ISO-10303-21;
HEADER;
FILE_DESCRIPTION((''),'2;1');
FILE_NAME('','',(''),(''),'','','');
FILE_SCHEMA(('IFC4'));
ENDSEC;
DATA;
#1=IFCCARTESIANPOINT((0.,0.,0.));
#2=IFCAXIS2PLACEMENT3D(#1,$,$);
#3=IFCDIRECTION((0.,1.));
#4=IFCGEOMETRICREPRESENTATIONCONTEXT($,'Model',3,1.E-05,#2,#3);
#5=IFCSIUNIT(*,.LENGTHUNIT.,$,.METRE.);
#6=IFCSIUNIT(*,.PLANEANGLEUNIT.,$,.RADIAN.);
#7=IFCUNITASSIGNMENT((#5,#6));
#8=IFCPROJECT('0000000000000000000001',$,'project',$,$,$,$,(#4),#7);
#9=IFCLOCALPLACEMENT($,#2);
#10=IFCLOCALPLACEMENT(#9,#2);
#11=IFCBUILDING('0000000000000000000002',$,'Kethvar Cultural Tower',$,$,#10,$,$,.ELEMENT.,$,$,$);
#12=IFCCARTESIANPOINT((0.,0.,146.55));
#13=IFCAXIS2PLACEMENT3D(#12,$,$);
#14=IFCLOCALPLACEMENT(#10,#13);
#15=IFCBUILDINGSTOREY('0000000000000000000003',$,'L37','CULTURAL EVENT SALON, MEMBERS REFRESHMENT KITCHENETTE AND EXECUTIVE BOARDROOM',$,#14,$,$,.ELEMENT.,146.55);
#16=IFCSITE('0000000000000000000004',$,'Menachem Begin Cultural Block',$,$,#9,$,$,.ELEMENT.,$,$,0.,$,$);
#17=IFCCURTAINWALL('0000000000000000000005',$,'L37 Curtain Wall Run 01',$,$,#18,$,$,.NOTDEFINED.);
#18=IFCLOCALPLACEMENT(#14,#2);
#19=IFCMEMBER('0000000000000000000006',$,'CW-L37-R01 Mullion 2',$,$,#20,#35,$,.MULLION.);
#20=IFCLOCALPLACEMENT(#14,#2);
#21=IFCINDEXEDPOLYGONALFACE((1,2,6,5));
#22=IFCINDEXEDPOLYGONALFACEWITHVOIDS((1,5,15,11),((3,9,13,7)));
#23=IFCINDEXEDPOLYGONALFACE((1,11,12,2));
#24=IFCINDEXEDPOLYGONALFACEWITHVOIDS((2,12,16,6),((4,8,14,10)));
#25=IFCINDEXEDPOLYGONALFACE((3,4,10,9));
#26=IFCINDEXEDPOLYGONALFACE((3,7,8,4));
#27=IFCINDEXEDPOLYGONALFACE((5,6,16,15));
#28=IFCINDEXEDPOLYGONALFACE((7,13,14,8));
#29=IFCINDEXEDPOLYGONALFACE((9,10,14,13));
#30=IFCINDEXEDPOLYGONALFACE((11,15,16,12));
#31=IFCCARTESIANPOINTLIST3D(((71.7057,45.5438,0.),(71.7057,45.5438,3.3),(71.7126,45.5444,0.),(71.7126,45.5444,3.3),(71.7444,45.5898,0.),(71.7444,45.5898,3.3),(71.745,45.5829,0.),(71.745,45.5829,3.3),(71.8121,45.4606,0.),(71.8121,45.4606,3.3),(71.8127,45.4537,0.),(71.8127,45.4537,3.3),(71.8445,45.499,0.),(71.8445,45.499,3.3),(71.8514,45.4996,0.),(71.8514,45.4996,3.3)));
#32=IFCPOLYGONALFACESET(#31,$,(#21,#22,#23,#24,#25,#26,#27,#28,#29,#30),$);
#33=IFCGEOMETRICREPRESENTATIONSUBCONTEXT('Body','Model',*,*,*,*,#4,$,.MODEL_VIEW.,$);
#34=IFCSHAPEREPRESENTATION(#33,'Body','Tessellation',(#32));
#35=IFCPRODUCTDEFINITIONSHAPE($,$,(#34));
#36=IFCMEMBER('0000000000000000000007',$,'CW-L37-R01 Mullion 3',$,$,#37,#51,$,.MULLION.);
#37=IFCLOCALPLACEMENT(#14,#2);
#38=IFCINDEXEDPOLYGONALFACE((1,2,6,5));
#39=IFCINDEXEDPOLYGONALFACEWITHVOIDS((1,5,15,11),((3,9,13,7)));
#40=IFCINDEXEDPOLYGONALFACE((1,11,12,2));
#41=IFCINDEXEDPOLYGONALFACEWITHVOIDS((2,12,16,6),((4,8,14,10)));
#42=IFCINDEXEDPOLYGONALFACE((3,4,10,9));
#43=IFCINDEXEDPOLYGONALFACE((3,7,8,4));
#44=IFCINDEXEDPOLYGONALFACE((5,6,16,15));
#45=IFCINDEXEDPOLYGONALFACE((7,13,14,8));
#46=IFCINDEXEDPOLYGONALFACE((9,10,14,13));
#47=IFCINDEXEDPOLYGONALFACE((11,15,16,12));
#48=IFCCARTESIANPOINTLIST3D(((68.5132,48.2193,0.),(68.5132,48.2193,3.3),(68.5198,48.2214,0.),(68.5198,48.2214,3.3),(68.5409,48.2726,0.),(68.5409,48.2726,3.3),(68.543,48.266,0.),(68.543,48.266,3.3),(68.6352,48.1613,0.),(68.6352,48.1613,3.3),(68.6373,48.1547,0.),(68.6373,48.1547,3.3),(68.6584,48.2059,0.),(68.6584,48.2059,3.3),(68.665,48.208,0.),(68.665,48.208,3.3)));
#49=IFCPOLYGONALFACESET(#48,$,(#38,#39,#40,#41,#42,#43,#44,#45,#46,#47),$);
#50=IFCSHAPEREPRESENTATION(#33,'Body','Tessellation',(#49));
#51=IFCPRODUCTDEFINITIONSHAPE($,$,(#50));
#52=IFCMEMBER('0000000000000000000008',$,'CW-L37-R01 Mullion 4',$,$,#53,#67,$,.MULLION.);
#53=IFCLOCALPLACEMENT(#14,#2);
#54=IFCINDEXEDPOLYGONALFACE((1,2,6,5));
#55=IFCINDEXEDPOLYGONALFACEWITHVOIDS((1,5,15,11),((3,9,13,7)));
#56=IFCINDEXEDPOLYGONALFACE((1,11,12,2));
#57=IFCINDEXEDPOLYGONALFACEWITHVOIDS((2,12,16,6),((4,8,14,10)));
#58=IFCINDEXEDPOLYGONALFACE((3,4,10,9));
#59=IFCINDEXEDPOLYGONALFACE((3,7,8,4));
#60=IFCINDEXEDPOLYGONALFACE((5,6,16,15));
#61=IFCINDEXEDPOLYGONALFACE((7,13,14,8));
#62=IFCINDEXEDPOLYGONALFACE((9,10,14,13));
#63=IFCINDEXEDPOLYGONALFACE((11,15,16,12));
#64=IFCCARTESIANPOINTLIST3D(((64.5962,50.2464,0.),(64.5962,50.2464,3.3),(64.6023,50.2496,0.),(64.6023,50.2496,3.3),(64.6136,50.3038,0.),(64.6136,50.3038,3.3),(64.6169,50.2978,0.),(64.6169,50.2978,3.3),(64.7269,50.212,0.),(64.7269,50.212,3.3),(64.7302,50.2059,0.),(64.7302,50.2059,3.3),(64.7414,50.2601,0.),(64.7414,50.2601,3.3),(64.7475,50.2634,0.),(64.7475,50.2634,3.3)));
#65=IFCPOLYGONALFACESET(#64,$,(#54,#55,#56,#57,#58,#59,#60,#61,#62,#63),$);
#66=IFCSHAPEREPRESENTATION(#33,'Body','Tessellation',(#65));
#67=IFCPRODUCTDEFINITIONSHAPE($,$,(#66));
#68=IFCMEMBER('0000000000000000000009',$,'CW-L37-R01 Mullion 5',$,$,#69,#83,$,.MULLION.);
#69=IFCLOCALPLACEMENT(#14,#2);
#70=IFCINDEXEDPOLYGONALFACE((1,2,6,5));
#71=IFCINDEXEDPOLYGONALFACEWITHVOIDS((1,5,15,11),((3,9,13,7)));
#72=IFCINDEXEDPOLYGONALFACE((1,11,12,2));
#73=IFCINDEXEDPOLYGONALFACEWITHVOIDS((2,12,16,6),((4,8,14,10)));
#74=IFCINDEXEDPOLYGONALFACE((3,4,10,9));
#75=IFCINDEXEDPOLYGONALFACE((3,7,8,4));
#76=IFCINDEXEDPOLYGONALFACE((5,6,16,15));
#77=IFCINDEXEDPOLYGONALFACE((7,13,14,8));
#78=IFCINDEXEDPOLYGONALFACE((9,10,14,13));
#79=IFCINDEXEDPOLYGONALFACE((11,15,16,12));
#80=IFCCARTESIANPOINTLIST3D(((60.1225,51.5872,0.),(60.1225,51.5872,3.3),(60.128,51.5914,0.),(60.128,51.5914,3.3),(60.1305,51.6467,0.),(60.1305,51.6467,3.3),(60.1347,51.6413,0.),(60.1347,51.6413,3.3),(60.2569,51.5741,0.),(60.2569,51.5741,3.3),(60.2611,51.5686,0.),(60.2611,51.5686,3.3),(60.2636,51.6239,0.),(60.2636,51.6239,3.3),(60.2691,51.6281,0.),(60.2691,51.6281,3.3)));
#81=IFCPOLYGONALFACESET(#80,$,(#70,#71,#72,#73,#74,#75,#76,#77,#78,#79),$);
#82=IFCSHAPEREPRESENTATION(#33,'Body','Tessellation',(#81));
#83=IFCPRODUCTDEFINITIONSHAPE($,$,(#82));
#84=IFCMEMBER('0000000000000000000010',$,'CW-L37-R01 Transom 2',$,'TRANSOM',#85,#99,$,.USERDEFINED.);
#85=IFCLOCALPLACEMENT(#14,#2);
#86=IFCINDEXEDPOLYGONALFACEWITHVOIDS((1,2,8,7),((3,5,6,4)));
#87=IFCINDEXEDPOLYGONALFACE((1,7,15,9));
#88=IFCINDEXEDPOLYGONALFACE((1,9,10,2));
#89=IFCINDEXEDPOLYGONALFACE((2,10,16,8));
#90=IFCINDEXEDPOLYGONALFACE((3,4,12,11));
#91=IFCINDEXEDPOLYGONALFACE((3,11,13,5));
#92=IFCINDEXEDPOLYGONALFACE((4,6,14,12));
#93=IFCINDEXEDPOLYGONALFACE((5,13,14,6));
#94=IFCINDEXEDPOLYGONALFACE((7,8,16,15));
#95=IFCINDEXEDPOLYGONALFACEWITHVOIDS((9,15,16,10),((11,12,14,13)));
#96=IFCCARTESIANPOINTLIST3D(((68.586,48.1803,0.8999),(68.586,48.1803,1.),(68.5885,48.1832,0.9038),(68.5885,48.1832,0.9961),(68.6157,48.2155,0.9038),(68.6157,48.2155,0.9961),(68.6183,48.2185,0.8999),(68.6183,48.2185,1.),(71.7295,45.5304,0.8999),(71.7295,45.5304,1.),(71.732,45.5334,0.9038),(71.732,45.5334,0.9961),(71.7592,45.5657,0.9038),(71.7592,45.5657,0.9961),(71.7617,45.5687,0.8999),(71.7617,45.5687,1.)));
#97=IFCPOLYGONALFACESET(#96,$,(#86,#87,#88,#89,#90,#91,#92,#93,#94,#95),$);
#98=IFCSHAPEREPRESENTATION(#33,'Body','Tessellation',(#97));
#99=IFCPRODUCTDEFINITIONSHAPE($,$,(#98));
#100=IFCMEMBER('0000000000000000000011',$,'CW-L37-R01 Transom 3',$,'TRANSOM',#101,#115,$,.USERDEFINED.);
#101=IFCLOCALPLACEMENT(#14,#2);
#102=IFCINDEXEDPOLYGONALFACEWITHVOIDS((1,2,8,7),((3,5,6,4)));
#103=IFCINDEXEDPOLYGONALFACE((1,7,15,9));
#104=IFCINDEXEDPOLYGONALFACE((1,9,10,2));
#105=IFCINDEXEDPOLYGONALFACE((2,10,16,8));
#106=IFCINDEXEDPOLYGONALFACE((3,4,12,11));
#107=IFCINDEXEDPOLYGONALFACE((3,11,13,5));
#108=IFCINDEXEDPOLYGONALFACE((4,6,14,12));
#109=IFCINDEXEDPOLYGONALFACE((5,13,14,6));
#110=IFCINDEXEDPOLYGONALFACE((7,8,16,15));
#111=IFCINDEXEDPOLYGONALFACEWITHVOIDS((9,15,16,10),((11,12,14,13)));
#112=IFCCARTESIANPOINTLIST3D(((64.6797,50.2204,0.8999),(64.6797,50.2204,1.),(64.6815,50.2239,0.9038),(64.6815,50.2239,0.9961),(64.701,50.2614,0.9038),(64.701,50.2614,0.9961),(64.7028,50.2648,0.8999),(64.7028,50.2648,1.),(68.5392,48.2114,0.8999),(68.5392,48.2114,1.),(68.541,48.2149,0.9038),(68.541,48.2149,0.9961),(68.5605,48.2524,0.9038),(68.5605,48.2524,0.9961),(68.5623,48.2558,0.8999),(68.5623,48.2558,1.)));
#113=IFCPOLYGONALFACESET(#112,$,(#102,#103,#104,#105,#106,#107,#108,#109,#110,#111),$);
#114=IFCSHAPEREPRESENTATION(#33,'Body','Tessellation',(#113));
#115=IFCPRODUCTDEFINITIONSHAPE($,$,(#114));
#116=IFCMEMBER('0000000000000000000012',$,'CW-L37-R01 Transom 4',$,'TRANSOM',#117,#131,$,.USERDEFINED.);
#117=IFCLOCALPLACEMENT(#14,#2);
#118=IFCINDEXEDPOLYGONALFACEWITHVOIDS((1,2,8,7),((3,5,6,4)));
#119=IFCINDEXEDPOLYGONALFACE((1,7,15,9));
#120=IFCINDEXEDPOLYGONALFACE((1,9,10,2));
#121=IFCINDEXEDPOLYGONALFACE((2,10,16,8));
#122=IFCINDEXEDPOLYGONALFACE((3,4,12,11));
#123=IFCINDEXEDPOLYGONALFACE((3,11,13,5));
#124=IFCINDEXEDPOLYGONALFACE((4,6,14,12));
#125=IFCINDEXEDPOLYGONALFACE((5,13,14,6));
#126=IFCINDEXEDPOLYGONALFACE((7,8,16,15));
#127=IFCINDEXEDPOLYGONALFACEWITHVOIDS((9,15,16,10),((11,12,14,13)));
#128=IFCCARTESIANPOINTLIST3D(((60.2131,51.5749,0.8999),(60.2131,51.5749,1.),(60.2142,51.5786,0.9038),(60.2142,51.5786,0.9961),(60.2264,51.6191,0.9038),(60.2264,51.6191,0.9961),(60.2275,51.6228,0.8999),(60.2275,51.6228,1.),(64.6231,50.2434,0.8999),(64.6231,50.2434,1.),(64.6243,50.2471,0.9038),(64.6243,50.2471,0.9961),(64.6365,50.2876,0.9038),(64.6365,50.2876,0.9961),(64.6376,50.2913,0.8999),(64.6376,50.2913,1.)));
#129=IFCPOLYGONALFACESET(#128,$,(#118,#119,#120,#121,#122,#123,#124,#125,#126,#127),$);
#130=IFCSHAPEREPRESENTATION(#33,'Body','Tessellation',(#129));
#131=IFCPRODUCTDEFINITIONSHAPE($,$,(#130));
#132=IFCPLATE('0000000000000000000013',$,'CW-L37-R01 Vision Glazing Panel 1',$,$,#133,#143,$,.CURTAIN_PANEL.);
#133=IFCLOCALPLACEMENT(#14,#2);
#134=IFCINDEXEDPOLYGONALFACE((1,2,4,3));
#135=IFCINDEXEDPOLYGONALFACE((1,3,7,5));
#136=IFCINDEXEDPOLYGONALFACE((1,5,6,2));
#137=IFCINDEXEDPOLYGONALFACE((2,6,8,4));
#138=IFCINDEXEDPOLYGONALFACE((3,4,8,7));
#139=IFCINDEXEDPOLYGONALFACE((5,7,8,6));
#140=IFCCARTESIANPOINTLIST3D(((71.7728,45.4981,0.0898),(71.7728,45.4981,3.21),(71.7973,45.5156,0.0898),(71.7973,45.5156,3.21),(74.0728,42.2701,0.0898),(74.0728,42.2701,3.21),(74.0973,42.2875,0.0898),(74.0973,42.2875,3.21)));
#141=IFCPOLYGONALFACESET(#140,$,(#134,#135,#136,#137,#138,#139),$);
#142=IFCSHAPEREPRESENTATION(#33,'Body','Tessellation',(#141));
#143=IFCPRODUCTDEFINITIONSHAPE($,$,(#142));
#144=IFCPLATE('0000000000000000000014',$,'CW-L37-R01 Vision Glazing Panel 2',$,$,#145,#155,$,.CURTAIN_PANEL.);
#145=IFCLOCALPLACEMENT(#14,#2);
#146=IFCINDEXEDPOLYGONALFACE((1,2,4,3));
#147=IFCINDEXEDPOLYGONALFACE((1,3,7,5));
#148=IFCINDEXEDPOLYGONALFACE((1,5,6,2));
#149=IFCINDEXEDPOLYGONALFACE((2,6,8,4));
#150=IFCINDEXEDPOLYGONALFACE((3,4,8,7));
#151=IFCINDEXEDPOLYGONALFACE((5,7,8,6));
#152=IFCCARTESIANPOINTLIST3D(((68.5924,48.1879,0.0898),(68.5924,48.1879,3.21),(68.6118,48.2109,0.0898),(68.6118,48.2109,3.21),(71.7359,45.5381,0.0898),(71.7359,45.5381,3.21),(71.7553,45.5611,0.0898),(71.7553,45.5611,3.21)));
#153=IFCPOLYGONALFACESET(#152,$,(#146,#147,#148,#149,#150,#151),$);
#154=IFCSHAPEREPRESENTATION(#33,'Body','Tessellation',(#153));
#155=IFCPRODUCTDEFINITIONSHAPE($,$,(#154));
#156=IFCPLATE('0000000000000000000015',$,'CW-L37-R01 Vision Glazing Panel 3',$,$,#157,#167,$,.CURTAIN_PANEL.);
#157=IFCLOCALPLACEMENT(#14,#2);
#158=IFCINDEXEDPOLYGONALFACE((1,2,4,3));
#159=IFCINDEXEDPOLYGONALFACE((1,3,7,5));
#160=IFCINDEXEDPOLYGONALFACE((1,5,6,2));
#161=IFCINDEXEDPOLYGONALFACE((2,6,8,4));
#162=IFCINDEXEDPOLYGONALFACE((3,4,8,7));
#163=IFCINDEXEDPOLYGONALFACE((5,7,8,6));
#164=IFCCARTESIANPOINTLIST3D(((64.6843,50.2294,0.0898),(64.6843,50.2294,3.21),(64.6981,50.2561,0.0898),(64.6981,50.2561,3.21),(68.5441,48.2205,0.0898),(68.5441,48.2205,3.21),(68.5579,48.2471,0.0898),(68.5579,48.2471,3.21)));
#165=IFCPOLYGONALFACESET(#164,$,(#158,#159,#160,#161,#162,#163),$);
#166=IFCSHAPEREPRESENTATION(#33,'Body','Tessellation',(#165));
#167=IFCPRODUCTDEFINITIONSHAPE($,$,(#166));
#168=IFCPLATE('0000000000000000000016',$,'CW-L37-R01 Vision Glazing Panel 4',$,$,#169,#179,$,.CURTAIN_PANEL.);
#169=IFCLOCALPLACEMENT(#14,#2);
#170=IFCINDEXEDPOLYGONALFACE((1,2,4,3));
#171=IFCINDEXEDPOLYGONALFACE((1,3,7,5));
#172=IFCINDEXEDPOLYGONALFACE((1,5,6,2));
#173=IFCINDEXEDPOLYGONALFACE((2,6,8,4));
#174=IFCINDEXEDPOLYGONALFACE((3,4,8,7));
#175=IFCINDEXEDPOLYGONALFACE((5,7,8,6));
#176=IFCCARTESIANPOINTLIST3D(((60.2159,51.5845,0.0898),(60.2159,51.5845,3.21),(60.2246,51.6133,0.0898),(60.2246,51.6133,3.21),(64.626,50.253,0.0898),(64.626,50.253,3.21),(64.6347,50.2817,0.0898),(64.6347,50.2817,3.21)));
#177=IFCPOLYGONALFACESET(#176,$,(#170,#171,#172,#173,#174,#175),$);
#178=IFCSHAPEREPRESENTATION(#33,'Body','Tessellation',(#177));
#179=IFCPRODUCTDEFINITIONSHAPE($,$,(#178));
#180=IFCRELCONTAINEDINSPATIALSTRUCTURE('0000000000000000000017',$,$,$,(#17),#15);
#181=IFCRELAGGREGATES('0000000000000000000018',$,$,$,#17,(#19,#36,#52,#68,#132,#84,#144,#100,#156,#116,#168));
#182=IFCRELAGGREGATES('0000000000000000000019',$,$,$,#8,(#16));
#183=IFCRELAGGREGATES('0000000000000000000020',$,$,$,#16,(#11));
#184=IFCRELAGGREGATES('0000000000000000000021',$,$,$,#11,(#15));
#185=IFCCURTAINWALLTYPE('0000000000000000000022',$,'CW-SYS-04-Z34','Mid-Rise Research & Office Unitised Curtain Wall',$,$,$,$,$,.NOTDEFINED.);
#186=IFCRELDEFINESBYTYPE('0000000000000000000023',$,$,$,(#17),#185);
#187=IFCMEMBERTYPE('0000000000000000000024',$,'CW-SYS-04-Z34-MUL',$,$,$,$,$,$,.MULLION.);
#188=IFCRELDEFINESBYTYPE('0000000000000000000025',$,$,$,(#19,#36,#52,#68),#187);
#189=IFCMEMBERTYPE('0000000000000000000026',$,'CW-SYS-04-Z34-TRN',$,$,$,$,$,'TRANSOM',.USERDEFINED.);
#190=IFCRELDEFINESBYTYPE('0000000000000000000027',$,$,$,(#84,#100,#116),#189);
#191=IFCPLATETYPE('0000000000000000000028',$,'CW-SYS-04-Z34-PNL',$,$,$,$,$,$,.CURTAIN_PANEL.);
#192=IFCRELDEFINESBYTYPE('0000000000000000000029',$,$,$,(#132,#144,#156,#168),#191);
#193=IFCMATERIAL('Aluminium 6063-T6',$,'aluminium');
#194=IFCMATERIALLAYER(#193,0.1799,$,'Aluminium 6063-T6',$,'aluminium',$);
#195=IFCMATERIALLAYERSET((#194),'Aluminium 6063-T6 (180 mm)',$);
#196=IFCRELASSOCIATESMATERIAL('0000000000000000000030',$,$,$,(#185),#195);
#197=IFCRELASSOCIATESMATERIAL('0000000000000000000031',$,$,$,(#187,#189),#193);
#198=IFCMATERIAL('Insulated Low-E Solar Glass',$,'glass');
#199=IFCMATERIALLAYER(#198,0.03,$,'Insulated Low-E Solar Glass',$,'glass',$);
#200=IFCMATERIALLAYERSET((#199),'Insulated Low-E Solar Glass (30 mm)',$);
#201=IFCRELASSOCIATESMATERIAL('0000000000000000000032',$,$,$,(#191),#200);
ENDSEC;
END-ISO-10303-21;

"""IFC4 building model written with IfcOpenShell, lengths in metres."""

from ifc_helpers import new_model, si_unit, direction, frame, origin, origin_2d, place, context, subcontext, project, spatial, rectangle, hollow_rectangle, extrude, source, transform, mapped, material, layer, layer_set, material_profile, profile_set, type_object, element, aggregate, save


model = new_model("IFC4")

# Units and contexts
model_context = context("Model", 3, precision=1e-05, world=origin(), true_north=direction((0.0, 1.0)))
body_context = subcontext(model_context, "Body", "Model", "MODEL_VIEW")
ifc_project = project(units=[si_unit("LENGTHUNIT", "METRE"), si_unit("PLANEANGLEUNIT", "RADIAN")], contexts=[model_context])

# Site, building, storey
site_placement = place(None, origin())
site = spatial("IfcSite", under=ifc_project, at=site_placement, Name="Menachem Begin Cultural Block", CompositionType="ELEMENT", RefElevation=0.0)
building_placement = place(site_placement, origin())
building = spatial("IfcBuilding", under=site, at=building_placement, Name="Kethvar Cultural Tower", CompositionType="ELEMENT")
storey_placement = place(building_placement, frame((0.0, 0.0, 146.55)))
storey = spatial("IfcBuildingStorey", under=building, at=storey_placement, Name="L37", Description="CULTURAL EVENT SALON, MEMBERS REFRESHMENT KITCHENETTE AND EXECUTIVE BOARDROOM", CompositionType="ELEMENT", Elevation=146.55)

# Curtain wall, members, plates
ifc_material_1 = material(Name="Aluminium 6063-T6", Category="aluminium")
ifc_layer_1 = layer(ifc_material_1, 0.1799, Name="Aluminium 6063-T6", Category="aluminium")
ifc_layer_set_1 = layer_set([ifc_layer_1], Name="Aluminium 6063-T6 (180 mm)")
curtain_wall_type = type_object("IfcCurtainWallType", Name="CW-SYS-04-Z34", Description="Mid-Rise Research & Office Unitised Curtain Wall", PredefinedType="NOTDEFINED", material=ifc_layer_set_1)
curtain_wall_placement = place(storey_placement, origin())
curtain_wall = element("IfcCurtainWall", 1, at=curtain_wall_placement, inside=storey, type_object=curtain_wall_type, Name="L37 Curtain Wall Run 01", PredefinedType="NOTDEFINED")
ifc_material_profile_1 = material_profile(ifc_material_1, hollow_rectangle(XDim=0.0601, YDim=0.1399, WallThickness=0.0049, at=origin_2d()), Name="Aluminium 6063-T6 — RHS140x60x5")
ifc_profile_set_1 = profile_set([ifc_material_profile_1], Name="Aluminium 6063-T6 — RHS140x60x5")
member_type_1 = type_object("IfcMemberType", Name="CW-SYS-04-Z34-MUL", PredefinedType="MULLION", material=ifc_profile_set_1)
shared_shape_1 = source(origin(), body_context, "Body", "SweptSolid", [
    extrude(hollow_rectangle(XDim=0.0601, YDim=0.1399, WallThickness=0.0049, at=origin_2d()), origin(), (0.0, 0.0, 1.0), 3.3),
])
member_1_placement = place(storey_placement, frame((71.7786, 45.5217, 0.0), z_axis=(0.0, 0.0, 1.0), x_axis=(-0.644511, -0.764595, 0.0)))
member_1 = element("IfcMember", 2, at=member_1_placement, type_object=member_type_1, Name="CW-L37-R01 Mullion 2", PredefinedType="MULLION", context=body_context, shape_type="MappedRepresentation", body=[
    mapped(shared_shape_1, transform((0.0, 0.0, 0.0), scale=1.0)),
])
member_2_placement = place(storey_placement, frame((68.5891, 48.2136, 0.0), z_axis=(0.0, 0.0, 1.0), x_axis=(-0.461687, -0.887043, 0.0)))
member_2 = element("IfcMember", 3, at=member_2_placement, type_object=member_type_1, Name="CW-L37-R01 Mullion 3", PredefinedType="MULLION", context=body_context, shape_type="MappedRepresentation", body=[
    mapped(shared_shape_1, transform((0.0, 0.0, 0.0), scale=1.0)),
])
member_3_placement = place(storey_placement, frame((64.6719, 50.2549, 0.0), z_axis=(0.0, 0.0, 1.0), x_axis=(-0.289049, -0.957314, 0.0)))
member_3 = element("IfcMember", 4, at=member_3_placement, type_object=member_type_1, Name="CW-L37-R01 Mullion 4", PredefinedType="MULLION", context=body_context, shape_type="MappedRepresentation", body=[
    mapped(shared_shape_1, transform((0.0, 0.0, 0.0), scale=1.0)),
])
member_4_placement = place(storey_placement, frame((60.1958, 51.6077, 0.0), z_axis=(0.0, 0.0, 1.0), x_axis=(-0.133225, -0.991086, 0.0)))
member_4 = element("IfcMember", 5, at=member_4_placement, type_object=member_type_1, Name="CW-L37-R01 Mullion 5", PredefinedType="MULLION", context=body_context, shape_type="MappedRepresentation", body=[
    mapped(shared_shape_1, transform((0.0, 0.0, 0.0), scale=1.0)),
])
ifc_material_profile_2 = material_profile(ifc_material_1, hollow_rectangle(XDim=0.05, YDim=0.1001, WallThickness=0.0039, at=origin_2d()), Name="Aluminium 6063-T6 — RHS100x50x4")
ifc_profile_set_2 = profile_set([ifc_material_profile_2], Name="Aluminium 6063-T6 — RHS100x50x4")
member_type_2 = type_object("IfcMemberType", Name="CW-SYS-04-Z34-TRN", ElementType="TRANSOM", PredefinedType="USERDEFINED", material=ifc_profile_set_2)
shared_shape_2 = source(origin(), body_context, "Body", "SweptSolid", [
    extrude(hollow_rectangle(XDim=0.05, YDim=0.1001, WallThickness=0.0039, at=origin_2d()), origin(), (0.0, 0.0, 1.0), 4.1113),
])
member_5_placement = place(storey_placement, frame((71.7456, 45.5496, 0.95), z_axis=(-0.764588, 0.64452, 0.0), x_axis=(-0.64452, -0.764588, 0.0)))
member_5 = element("IfcMember", 6, at=member_5_placement, type_object=member_type_2, Name="CW-L37-R01 Transom 2", ObjectType="TRANSOM", PredefinedType="USERDEFINED", context=body_context, shape_type="MappedRepresentation", body=[
    mapped(shared_shape_2, transform((0.0, 0.0, 0.0), scale=1.0)),
])
shared_shape_3 = source(origin(), body_context, "Body", "SweptSolid", [
    extrude(hollow_rectangle(XDim=0.05, YDim=0.1001, WallThickness=0.0039, at=origin_2d()), origin(), (0.0, 0.0, 1.0), 4.3511),
])
member_6_placement = place(storey_placement, frame((68.5508, 48.2336, 0.95), z_axis=(-0.887026, 0.46172, 0.0), x_axis=(-0.46172, -0.887026, 0.0)))
member_6 = element("IfcMember", 7, at=member_6_placement, type_object=member_type_2, Name="CW-L37-R01 Transom 3", ObjectType="TRANSOM", PredefinedType="USERDEFINED", context=body_context, shape_type="MappedRepresentation", body=[
    mapped(shared_shape_3, transform((0.0, 0.0, 0.0), scale=1.0)),
])
shared_shape_4 = source(origin(), body_context, "Body", "SweptSolid", [
    extrude(hollow_rectangle(XDim=0.05, YDim=0.1001, WallThickness=0.0039, at=origin_2d()), origin(), (0.0, 0.0, 1.0), 4.6067),
])
member_7_placement = place(storey_placement, frame((64.6304, 50.2673, 0.95), z_axis=(-0.957317, 0.289039, 0.0), x_axis=(-0.289039, -0.957317, 0.0)))
member_7 = element("IfcMember", 8, at=member_7_placement, type_object=member_type_2, Name="CW-L37-R01 Transom 4", ObjectType="TRANSOM", PredefinedType="USERDEFINED", context=body_context, shape_type="MappedRepresentation", body=[
    mapped(shared_shape_4, transform((0.0, 0.0, 0.0), scale=1.0)),
])
ifc_material_2 = material(Name="Insulated Low-E Solar Glass", Category="glass")
ifc_layer_2 = layer(ifc_material_2, 0.03, Name="Insulated Low-E Solar Glass", Category="glass")
ifc_layer_set_2 = layer_set([ifc_layer_2], Name="Insulated Low-E Solar Glass (30 mm)")
plate_type = type_object("IfcPlateType", Name="CW-SYS-04-Z34-PNL", PredefinedType="CURTAIN_PANEL", material=ifc_layer_set_2)
shared_shape_5 = source(origin(), body_context, "Body", "SweptSolid", [
    extrude(rectangle(XDim=3.9636, YDim=0.03, at=origin_2d()), origin(), (0.0, 0.0, 1.0), 3.1201),
])
plate_1_placement = place(storey_placement, frame((72.9351, 43.8928, 0.0898), z_axis=(0.0, 0.0, 1.0), x_axis=(-0.580277, 0.814419, 0.0)))
plate_1 = element("IfcPlate", 9, at=plate_1_placement, type_object=plate_type, Name="CW-L37-R01 Vision Glazing Panel 1", PredefinedType="CURTAIN_PANEL", context=body_context, shape_type="MappedRepresentation", body=[
    mapped(shared_shape_5, transform((0.0, 0.0, 0.0), scale=1.0)),
])
shared_shape_6 = source(origin(), body_context, "Body", "SweptSolid", [
    extrude(rectangle(XDim=4.1113, YDim=0.03, at=origin_2d()), origin(), (0.0, 0.0, 1.0), 3.1201),
])
plate_2_placement = place(storey_placement, frame((70.1738, 46.8745, 0.0898), z_axis=(0.0, 0.0, 1.0), x_axis=(-0.764595, 0.644511, 0.0)))
plate_2 = element("IfcPlate", 10, at=plate_2_placement, type_object=plate_type, Name="CW-L37-R01 Vision Glazing Panel 2", PredefinedType="CURTAIN_PANEL", context=body_context, shape_type="MappedRepresentation", body=[
    mapped(shared_shape_6, transform((0.0, 0.0, 0.0), scale=1.0)),
])
shared_shape_7 = source(origin(), body_context, "Body", "SweptSolid", [
    extrude(rectangle(XDim=4.3513, YDim=0.03, at=origin_2d()), origin(), (0.0, 0.0, 1.0), 3.1201),
])
plate_3_placement = place(storey_placement, frame((66.6211, 49.2383, 0.0898), z_axis=(0.0, 0.0, 1.0), x_axis=(-0.887043, 0.461687, 0.0)))
plate_3 = element("IfcPlate", 11, at=plate_3_placement, type_object=plate_type, Name="CW-L37-R01 Vision Glazing Panel 3", PredefinedType="CURTAIN_PANEL", context=body_context, shape_type="MappedRepresentation", body=[
    mapped(shared_shape_7, transform((0.0, 0.0, 0.0), scale=1.0)),
])
shared_shape_8 = source(origin(), body_context, "Body", "SweptSolid", [
    extrude(rectangle(XDim=4.6067, YDim=0.03, at=origin_2d()), origin(), (0.0, 0.0, 1.0), 3.1201),
])
plate_4_placement = place(storey_placement, frame((62.4253, 50.9331, 0.0898), z_axis=(0.0, 0.0, 1.0), x_axis=(-0.957314, 0.289049, 0.0)))
plate_4 = element("IfcPlate", 12, at=plate_4_placement, type_object=plate_type, Name="CW-L37-R01 Vision Glazing Panel 4", PredefinedType="CURTAIN_PANEL", context=body_context, shape_type="MappedRepresentation", body=[
    mapped(shared_shape_8, transform((0.0, 0.0, 0.0), scale=1.0)),
])
aggregate(curtain_wall, [member_1, member_2, member_3, member_4, plate_1, member_5, plate_2, member_6, plate_3, member_7, plate_4])

save(model, "model.ifc")
